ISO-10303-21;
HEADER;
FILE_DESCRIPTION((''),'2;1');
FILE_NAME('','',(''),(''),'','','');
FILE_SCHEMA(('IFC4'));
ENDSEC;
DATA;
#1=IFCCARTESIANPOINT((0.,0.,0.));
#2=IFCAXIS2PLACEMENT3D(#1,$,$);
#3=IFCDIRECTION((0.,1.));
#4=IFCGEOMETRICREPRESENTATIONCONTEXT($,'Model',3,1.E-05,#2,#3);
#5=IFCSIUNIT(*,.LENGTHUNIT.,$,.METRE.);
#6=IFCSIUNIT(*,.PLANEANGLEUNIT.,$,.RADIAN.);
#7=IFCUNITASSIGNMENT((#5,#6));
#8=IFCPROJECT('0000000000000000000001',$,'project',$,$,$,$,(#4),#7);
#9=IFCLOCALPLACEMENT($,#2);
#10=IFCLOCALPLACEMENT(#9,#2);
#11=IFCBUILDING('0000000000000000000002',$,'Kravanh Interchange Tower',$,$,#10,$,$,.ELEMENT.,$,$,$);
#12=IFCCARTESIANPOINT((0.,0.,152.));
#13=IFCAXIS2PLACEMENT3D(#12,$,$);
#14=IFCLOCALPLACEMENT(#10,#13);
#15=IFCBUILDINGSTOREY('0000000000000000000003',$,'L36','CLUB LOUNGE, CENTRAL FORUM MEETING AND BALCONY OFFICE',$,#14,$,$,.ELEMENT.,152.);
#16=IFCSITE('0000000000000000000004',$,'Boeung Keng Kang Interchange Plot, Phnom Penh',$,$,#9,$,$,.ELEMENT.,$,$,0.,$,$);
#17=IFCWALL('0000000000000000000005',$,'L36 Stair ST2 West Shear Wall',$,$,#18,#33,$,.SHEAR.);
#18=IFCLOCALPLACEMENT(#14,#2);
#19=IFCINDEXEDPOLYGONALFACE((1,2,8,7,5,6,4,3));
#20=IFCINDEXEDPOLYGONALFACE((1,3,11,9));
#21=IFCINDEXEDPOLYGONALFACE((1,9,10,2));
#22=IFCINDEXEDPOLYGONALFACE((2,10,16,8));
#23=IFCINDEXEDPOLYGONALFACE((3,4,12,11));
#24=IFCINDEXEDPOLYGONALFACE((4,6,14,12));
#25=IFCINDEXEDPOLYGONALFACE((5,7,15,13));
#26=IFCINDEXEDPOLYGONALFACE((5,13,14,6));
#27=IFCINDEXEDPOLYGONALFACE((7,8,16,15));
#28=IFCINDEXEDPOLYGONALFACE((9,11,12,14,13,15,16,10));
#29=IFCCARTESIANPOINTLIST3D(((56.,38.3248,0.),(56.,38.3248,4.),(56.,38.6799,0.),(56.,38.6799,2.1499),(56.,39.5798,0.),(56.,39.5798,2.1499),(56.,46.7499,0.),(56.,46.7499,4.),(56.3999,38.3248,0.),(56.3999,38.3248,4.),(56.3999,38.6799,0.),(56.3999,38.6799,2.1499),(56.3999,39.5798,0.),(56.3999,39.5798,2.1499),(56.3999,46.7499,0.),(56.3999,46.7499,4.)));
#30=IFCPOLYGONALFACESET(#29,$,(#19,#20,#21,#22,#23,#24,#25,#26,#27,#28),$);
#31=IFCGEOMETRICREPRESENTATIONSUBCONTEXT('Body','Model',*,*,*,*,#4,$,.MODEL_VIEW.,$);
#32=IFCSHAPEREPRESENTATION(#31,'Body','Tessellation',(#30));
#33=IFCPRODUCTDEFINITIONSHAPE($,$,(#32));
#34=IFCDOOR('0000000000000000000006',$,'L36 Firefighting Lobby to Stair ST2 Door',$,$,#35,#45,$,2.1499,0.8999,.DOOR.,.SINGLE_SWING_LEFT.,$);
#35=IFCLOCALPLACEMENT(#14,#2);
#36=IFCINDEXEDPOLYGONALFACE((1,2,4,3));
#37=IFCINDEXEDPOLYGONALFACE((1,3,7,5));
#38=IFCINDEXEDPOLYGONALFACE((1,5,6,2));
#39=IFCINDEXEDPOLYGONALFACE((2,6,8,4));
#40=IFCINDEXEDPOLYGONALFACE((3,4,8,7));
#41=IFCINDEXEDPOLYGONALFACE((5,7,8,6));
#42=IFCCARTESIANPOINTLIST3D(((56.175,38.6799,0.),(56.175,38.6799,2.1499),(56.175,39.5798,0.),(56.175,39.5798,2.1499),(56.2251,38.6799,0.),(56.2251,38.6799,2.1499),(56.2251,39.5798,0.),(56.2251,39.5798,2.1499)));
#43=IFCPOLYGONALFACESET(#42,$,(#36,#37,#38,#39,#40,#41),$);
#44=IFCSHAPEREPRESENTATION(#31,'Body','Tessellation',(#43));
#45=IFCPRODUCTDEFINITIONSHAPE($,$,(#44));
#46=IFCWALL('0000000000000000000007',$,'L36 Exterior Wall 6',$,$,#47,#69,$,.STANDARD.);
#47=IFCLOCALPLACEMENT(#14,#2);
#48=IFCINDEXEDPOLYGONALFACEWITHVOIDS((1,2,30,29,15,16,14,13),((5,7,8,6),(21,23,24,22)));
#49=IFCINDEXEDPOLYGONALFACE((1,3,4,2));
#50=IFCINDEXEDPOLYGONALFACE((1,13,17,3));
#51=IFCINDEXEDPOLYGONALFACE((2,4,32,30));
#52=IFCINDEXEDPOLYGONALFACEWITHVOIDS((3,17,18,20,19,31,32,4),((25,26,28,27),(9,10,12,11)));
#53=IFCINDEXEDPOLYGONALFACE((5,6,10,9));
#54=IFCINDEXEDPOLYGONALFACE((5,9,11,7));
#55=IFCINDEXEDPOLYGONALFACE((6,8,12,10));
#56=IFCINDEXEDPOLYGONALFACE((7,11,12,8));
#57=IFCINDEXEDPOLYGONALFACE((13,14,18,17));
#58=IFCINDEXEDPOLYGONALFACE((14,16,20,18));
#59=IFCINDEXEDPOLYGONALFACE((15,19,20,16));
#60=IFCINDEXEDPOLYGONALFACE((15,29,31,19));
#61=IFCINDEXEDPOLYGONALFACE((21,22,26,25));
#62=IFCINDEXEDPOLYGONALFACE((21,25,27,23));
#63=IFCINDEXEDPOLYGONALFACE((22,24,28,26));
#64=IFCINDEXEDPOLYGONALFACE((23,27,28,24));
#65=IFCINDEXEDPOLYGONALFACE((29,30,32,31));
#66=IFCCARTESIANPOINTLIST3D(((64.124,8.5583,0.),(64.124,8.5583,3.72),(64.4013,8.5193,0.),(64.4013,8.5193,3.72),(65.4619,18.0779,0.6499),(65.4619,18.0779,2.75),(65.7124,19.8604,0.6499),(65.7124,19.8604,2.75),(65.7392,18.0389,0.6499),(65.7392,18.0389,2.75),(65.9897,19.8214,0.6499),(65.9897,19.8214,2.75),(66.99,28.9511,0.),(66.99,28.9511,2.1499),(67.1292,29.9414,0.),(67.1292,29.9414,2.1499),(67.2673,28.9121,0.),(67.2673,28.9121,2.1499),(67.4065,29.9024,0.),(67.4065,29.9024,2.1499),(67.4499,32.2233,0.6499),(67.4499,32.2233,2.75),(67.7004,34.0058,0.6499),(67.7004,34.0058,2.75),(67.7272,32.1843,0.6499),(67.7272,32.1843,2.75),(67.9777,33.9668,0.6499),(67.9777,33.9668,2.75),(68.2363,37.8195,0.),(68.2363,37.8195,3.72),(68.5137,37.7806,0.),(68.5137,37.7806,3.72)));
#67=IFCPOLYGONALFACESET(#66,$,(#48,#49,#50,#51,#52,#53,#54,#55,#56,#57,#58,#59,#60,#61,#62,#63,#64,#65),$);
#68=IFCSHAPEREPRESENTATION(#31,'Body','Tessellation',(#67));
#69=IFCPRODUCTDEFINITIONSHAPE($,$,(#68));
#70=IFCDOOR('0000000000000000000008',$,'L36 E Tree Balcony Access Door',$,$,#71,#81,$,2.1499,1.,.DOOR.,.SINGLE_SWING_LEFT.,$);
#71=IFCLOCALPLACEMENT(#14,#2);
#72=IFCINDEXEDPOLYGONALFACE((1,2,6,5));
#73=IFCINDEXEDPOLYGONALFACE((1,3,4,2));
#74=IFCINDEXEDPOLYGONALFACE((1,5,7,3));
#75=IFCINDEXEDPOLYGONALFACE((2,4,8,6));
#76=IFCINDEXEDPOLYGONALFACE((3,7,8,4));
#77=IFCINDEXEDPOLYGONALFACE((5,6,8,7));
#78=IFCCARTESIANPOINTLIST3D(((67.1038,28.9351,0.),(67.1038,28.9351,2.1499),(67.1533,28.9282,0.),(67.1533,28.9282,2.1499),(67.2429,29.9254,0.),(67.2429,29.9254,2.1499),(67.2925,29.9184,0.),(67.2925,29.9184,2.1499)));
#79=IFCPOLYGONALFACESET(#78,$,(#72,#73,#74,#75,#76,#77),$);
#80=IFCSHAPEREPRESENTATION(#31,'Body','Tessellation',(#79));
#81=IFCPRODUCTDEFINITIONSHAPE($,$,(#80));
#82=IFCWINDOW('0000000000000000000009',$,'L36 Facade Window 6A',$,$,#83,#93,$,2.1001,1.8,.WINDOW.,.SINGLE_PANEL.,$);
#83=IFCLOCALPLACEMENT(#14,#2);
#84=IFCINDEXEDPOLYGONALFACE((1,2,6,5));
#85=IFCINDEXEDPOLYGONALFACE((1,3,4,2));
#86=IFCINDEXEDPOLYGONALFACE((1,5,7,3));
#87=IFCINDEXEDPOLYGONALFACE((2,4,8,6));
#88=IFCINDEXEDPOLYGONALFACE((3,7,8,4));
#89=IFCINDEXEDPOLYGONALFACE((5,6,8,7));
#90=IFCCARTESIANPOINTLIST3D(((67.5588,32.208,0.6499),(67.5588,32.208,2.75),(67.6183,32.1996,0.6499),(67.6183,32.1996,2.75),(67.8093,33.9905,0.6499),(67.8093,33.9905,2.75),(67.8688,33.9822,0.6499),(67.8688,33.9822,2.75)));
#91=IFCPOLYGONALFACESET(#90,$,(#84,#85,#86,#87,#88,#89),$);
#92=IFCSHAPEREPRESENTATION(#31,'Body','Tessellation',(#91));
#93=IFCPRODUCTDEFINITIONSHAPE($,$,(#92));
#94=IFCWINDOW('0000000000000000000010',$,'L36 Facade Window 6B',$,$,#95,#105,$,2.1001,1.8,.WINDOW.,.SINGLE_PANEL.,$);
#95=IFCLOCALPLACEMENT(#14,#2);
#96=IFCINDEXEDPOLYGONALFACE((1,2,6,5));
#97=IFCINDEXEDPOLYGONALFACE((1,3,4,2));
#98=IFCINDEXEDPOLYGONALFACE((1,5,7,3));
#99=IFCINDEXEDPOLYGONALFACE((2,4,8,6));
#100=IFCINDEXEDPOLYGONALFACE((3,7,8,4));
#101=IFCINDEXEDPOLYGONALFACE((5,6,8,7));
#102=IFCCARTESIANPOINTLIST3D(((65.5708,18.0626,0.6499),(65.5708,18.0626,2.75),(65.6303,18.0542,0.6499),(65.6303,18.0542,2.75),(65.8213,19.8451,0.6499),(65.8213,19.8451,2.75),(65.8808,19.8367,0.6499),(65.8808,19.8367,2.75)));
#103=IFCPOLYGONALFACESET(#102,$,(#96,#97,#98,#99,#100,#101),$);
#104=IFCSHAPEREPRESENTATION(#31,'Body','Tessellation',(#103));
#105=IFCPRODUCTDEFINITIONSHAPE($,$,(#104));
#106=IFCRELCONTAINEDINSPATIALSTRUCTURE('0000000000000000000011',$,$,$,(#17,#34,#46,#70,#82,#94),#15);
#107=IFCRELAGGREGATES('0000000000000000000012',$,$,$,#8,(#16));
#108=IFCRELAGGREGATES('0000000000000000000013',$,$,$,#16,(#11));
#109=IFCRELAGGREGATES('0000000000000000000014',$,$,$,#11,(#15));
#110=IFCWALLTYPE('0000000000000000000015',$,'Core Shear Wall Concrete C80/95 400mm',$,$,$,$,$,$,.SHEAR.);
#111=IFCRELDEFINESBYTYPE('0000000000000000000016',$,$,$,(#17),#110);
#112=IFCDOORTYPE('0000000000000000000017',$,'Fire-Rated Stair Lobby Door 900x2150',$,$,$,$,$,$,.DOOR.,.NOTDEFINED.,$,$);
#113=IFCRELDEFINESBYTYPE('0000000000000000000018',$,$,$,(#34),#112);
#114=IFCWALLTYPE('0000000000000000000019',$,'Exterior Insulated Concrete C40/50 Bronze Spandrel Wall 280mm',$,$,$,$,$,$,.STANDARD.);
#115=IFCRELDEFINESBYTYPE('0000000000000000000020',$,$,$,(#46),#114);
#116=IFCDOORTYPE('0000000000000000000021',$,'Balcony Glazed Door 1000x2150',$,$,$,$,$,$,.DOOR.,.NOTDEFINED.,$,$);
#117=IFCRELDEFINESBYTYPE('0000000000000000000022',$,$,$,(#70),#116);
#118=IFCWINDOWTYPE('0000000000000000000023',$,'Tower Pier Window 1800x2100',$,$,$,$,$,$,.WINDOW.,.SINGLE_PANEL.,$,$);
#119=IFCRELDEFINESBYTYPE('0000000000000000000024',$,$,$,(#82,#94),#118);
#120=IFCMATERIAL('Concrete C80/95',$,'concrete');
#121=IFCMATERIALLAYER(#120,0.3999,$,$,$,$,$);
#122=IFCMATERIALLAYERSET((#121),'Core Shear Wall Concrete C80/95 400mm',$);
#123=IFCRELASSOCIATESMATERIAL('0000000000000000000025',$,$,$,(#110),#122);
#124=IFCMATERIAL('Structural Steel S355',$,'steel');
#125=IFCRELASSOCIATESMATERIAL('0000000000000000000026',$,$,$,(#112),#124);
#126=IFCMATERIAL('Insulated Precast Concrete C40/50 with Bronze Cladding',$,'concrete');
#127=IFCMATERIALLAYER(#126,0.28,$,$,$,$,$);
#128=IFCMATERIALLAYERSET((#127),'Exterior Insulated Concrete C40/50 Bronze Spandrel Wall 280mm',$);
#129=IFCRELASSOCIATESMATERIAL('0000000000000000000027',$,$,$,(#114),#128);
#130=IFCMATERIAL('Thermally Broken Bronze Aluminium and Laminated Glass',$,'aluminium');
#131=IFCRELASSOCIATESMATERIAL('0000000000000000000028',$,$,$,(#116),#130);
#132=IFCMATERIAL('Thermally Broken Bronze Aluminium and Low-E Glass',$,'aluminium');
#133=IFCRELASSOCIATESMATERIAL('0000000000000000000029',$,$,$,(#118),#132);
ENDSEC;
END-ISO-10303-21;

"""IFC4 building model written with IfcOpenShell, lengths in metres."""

from ifc_helpers import new_model, si_unit, direction, frame, frame_2d, origin, place, context, subcontext, project, spatial, rectangle, extrude, material, layer, layer_set, type_object, element, fill, save


model = new_model("IFC4")

# Units and contexts
model_context = context("Model", 3, precision=1e-05, world=origin(), true_north=direction((0.0, 1.0)))
body_context = subcontext(model_context, "Body", "Model", "MODEL_VIEW")
ifc_project = project(units=[si_unit("LENGTHUNIT", "METRE"), si_unit("PLANEANGLEUNIT", "RADIAN")], contexts=[model_context])

# Site, building, storey
site_placement = place(None, origin())
site = spatial("IfcSite", under=ifc_project, at=site_placement, Name="Boeung Keng Kang Interchange Plot, Phnom Penh", CompositionType="ELEMENT", RefElevation=0.0)
building_placement = place(site_placement, origin())
building = spatial("IfcBuilding", under=site, at=building_placement, Name="Kravanh Interchange Tower", CompositionType="ELEMENT")
storey_placement = place(building_placement, frame((0.0, 0.0, 152.0)))
storey = spatial("IfcBuildingStorey", under=building, at=storey_placement, Name="L36", Description="CLUB LOUNGE, CENTRAL FORUM MEETING AND BALCONY OFFICE", CompositionType="ELEMENT", Elevation=152.0)

# Shared definitions
ifc_material_1 = material(Name="Concrete C80/95", Category="concrete")
ifc_layer_1 = layer(ifc_material_1, 0.3999)
ifc_layer_set_1 = layer_set([ifc_layer_1], Name="Core Shear Wall Concrete C80/95 400mm")
wall_type_1 = type_object("IfcWallType", Name="Core Shear Wall Concrete C80/95 400mm", PredefinedType="SHEAR", material=ifc_layer_set_1)

# Wall, opening, door
wall_1_placement = place(storey_placement, frame((56.2, 38.325, 0.0), z_axis=(0.0, 0.0, 1.0), x_axis=(0.0, 1.0, 0.0)))
wall_1 = element("IfcWall", 1, at=wall_1_placement, inside=storey, type_object=wall_type_1, Name="L36 Stair ST2 West Shear Wall", PredefinedType="SHEAR", context=body_context, shape_type="SweptSolid", body=[
    extrude(rectangle(XDim=8.425, YDim=0.3999, at=frame_2d((4.2124, 0.0))), origin(), (0.0, 0.0, 1.0), 4.0),
])
opening_1_placement = place(wall_1_placement, frame((0.355, 0.0, 0.0)))
opening_1 = element("IfcOpeningElement", 2, at=opening_1_placement, cuts=wall_1, PredefinedType="OPENING", context=body_context, shape_type="SweptSolid", body=[
    extrude(rectangle(XDim=0.8999, YDim=2.1499, at=frame_2d((0.45, 1.075))), frame((0.0, 0.21, 0.0), z_axis=(0.0, -1.0, 0.0), x_axis=(1.0, 0.0, 0.0)), (0.0, 0.0, 1.0), 0.4199),
])
ifc_material_2 = material(Name="Structural Steel S355", Category="steel")
door_type_1 = type_object("IfcDoorType", Name="Fire-Rated Stair Lobby Door 900x2150", OperationType="NOTDEFINED", PredefinedType="DOOR", material=ifc_material_2)
door_1_placement = place(opening_1_placement, origin())
door_1 = element("IfcDoor", 3, at=door_1_placement, inside=storey, type_object=door_type_1, Name="L36 Firefighting Lobby to Stair ST2 Door", OperationType="SINGLE_SWING_LEFT", OverallHeight=2.1499, OverallWidth=0.8999, PredefinedType="DOOR", context=body_context, shape_type="SweptSolid", body=[
    extrude(rectangle(XDim=0.8999, YDim=2.1499, at=frame_2d((0.45, 1.075))), frame((0.0, 0.0249, 0.0), z_axis=(0.0, -1.0, 0.0), x_axis=(1.0, 0.0, 0.0)), (0.0, 0.0, 1.0), 0.05),
])
fill(opening_1, door_1)

# Wall, openings, door, windows
ifc_material_3 = material(Name="Insulated Precast Concrete C40/50 with Bronze Cladding", Category="concrete")
ifc_layer_2 = layer(ifc_material_3, 0.28)
ifc_layer_set_2 = layer_set([ifc_layer_2], Name="Exterior Insulated Concrete C40/50 Bronze Spandrel Wall 280mm")
wall_type_2 = type_object("IfcWallType", Name="Exterior Insulated Concrete C40/50 Bronze Spandrel Wall 280mm", PredefinedType="STANDARD", material=ifc_layer_set_2)
wall_2_placement = place(storey_placement, frame((68.375, 37.8, 0.0), z_axis=(0.0, 0.0, 1.0), x_axis=(-0.13917, -0.990269, 0.0)))
wall_2 = element("IfcWall", 4, at=wall_2_placement, inside=storey, type_object=wall_type_2, Name="L36 Exterior Wall 6", PredefinedType="STANDARD", context=body_context, shape_type="SweptSolid", body=[
    extrude(rectangle(XDim=29.5488, YDim=0.28, at=frame_2d((14.7744, 0.0))), origin(), (0.0, 0.0, 1.0), 3.72),
])
opening_2_placement = place(wall_2_placement, frame((7.9556, 0.0, 0.0)))
opening_2 = element("IfcOpeningElement", 5, at=opening_2_placement, cuts=wall_2, PredefinedType="OPENING", context=body_context, shape_type="SweptSolid", body=[
    extrude(rectangle(XDim=1.0, YDim=2.1499, at=frame_2d((0.5, 1.075))), frame((0.0, 0.1499, 0.0), z_axis=(0.0, -1.0, 0.0), x_axis=(1.0, 0.0, 0.0)), (0.0, 0.0, 1.0), 0.3),
])
opening_3_placement = place(wall_2_placement, frame((3.8513, 0.0, 0.6499)))
opening_3 = element("IfcOpeningElement", 6, at=opening_3_placement, cuts=wall_2, PredefinedType="OPENING", context=body_context, shape_type="SweptSolid", body=[
    extrude(rectangle(XDim=1.8, YDim=2.1001, at=frame_2d((0.8999, 1.05))), frame((0.0, 0.1499, 0.0), z_axis=(0.0, -1.0, 0.0), x_axis=(1.0, 0.0, 0.0)), (0.0, 0.0, 1.0), 0.3),
])
opening_4_placement = place(wall_2_placement, frame((18.1357, 0.0, 0.6499)))
opening_4 = element("IfcOpeningElement", 7, at=opening_4_placement, cuts=wall_2, PredefinedType="OPENING", context=body_context, shape_type="SweptSolid", body=[
    extrude(rectangle(XDim=1.8, YDim=2.1001, at=frame_2d((0.8999, 1.05))), frame((0.0, 0.1499, 0.0), z_axis=(0.0, -1.0, 0.0), x_axis=(1.0, 0.0, 0.0)), (0.0, 0.0, 1.0), 0.3),
])
ifc_material_4 = material(Name="Thermally Broken Bronze Aluminium and Laminated Glass", Category="aluminium")
door_type_2 = type_object("IfcDoorType", Name="Balcony Glazed Door 1000x2150", OperationType="NOTDEFINED", PredefinedType="DOOR", material=ifc_material_4)
door_2_placement = place(opening_2_placement, origin())
door_2 = element("IfcDoor", 8, at=door_2_placement, inside=storey, type_object=door_type_2, Name="L36 E Tree Balcony Access Door", OperationType="SINGLE_SWING_LEFT", OverallHeight=2.1499, OverallWidth=1.0, PredefinedType="DOOR", context=body_context, shape_type="SweptSolid", body=[
    extrude(rectangle(XDim=1.0, YDim=2.1499, at=frame_2d((0.5, 1.075))), frame((0.0, 0.0249, 0.0), z_axis=(0.0, -1.0, 0.0), x_axis=(1.0, 0.0, 0.0)), (0.0, 0.0, 1.0), 0.05),
])
fill(opening_2, door_2)
ifc_material_5 = material(Name="Thermally Broken Bronze Aluminium and Low-E Glass", Category="aluminium")
window_type = type_object("IfcWindowType", Name="Tower Pier Window 1800x2100", PartitioningType="SINGLE_PANEL", PredefinedType="WINDOW", material=ifc_material_5)
window_1_placement = place(opening_3_placement, origin())
window_1 = element("IfcWindow", 9, at=window_1_placement, inside=storey, type_object=window_type, Name="L36 Facade Window 6A", OverallHeight=2.1001, OverallWidth=1.8, PartitioningType="SINGLE_PANEL", PredefinedType="WINDOW", context=body_context, shape_type="SweptSolid", body=[
    extrude(rectangle(XDim=1.8, YDim=2.1001, at=frame_2d((0.8999, 1.05))), frame((0.0, 0.03, 0.0), z_axis=(0.0, -1.0, 0.0), x_axis=(1.0, 0.0, 0.0)), (0.0, 0.0, 1.0), 0.0601),
])
fill(opening_3, window_1)
window_2_placement = place(opening_4_placement, origin())
window_2 = element("IfcWindow", 10, at=window_2_placement, inside=storey, type_object=window_type, Name="L36 Facade Window 6B", OverallHeight=2.1001, OverallWidth=1.8, PartitioningType="SINGLE_PANEL", PredefinedType="WINDOW", context=body_context, shape_type="SweptSolid", body=[
    extrude(rectangle(XDim=1.8, YDim=2.1001, at=frame_2d((0.8999, 1.05))), frame((0.0, 0.03, 0.0), z_axis=(0.0, -1.0, 0.0), x_axis=(1.0, 0.0, 0.0)), (0.0, 0.0, 1.0), 0.0601),
])
fill(opening_4, window_2)

save(model, "model.ifc")
